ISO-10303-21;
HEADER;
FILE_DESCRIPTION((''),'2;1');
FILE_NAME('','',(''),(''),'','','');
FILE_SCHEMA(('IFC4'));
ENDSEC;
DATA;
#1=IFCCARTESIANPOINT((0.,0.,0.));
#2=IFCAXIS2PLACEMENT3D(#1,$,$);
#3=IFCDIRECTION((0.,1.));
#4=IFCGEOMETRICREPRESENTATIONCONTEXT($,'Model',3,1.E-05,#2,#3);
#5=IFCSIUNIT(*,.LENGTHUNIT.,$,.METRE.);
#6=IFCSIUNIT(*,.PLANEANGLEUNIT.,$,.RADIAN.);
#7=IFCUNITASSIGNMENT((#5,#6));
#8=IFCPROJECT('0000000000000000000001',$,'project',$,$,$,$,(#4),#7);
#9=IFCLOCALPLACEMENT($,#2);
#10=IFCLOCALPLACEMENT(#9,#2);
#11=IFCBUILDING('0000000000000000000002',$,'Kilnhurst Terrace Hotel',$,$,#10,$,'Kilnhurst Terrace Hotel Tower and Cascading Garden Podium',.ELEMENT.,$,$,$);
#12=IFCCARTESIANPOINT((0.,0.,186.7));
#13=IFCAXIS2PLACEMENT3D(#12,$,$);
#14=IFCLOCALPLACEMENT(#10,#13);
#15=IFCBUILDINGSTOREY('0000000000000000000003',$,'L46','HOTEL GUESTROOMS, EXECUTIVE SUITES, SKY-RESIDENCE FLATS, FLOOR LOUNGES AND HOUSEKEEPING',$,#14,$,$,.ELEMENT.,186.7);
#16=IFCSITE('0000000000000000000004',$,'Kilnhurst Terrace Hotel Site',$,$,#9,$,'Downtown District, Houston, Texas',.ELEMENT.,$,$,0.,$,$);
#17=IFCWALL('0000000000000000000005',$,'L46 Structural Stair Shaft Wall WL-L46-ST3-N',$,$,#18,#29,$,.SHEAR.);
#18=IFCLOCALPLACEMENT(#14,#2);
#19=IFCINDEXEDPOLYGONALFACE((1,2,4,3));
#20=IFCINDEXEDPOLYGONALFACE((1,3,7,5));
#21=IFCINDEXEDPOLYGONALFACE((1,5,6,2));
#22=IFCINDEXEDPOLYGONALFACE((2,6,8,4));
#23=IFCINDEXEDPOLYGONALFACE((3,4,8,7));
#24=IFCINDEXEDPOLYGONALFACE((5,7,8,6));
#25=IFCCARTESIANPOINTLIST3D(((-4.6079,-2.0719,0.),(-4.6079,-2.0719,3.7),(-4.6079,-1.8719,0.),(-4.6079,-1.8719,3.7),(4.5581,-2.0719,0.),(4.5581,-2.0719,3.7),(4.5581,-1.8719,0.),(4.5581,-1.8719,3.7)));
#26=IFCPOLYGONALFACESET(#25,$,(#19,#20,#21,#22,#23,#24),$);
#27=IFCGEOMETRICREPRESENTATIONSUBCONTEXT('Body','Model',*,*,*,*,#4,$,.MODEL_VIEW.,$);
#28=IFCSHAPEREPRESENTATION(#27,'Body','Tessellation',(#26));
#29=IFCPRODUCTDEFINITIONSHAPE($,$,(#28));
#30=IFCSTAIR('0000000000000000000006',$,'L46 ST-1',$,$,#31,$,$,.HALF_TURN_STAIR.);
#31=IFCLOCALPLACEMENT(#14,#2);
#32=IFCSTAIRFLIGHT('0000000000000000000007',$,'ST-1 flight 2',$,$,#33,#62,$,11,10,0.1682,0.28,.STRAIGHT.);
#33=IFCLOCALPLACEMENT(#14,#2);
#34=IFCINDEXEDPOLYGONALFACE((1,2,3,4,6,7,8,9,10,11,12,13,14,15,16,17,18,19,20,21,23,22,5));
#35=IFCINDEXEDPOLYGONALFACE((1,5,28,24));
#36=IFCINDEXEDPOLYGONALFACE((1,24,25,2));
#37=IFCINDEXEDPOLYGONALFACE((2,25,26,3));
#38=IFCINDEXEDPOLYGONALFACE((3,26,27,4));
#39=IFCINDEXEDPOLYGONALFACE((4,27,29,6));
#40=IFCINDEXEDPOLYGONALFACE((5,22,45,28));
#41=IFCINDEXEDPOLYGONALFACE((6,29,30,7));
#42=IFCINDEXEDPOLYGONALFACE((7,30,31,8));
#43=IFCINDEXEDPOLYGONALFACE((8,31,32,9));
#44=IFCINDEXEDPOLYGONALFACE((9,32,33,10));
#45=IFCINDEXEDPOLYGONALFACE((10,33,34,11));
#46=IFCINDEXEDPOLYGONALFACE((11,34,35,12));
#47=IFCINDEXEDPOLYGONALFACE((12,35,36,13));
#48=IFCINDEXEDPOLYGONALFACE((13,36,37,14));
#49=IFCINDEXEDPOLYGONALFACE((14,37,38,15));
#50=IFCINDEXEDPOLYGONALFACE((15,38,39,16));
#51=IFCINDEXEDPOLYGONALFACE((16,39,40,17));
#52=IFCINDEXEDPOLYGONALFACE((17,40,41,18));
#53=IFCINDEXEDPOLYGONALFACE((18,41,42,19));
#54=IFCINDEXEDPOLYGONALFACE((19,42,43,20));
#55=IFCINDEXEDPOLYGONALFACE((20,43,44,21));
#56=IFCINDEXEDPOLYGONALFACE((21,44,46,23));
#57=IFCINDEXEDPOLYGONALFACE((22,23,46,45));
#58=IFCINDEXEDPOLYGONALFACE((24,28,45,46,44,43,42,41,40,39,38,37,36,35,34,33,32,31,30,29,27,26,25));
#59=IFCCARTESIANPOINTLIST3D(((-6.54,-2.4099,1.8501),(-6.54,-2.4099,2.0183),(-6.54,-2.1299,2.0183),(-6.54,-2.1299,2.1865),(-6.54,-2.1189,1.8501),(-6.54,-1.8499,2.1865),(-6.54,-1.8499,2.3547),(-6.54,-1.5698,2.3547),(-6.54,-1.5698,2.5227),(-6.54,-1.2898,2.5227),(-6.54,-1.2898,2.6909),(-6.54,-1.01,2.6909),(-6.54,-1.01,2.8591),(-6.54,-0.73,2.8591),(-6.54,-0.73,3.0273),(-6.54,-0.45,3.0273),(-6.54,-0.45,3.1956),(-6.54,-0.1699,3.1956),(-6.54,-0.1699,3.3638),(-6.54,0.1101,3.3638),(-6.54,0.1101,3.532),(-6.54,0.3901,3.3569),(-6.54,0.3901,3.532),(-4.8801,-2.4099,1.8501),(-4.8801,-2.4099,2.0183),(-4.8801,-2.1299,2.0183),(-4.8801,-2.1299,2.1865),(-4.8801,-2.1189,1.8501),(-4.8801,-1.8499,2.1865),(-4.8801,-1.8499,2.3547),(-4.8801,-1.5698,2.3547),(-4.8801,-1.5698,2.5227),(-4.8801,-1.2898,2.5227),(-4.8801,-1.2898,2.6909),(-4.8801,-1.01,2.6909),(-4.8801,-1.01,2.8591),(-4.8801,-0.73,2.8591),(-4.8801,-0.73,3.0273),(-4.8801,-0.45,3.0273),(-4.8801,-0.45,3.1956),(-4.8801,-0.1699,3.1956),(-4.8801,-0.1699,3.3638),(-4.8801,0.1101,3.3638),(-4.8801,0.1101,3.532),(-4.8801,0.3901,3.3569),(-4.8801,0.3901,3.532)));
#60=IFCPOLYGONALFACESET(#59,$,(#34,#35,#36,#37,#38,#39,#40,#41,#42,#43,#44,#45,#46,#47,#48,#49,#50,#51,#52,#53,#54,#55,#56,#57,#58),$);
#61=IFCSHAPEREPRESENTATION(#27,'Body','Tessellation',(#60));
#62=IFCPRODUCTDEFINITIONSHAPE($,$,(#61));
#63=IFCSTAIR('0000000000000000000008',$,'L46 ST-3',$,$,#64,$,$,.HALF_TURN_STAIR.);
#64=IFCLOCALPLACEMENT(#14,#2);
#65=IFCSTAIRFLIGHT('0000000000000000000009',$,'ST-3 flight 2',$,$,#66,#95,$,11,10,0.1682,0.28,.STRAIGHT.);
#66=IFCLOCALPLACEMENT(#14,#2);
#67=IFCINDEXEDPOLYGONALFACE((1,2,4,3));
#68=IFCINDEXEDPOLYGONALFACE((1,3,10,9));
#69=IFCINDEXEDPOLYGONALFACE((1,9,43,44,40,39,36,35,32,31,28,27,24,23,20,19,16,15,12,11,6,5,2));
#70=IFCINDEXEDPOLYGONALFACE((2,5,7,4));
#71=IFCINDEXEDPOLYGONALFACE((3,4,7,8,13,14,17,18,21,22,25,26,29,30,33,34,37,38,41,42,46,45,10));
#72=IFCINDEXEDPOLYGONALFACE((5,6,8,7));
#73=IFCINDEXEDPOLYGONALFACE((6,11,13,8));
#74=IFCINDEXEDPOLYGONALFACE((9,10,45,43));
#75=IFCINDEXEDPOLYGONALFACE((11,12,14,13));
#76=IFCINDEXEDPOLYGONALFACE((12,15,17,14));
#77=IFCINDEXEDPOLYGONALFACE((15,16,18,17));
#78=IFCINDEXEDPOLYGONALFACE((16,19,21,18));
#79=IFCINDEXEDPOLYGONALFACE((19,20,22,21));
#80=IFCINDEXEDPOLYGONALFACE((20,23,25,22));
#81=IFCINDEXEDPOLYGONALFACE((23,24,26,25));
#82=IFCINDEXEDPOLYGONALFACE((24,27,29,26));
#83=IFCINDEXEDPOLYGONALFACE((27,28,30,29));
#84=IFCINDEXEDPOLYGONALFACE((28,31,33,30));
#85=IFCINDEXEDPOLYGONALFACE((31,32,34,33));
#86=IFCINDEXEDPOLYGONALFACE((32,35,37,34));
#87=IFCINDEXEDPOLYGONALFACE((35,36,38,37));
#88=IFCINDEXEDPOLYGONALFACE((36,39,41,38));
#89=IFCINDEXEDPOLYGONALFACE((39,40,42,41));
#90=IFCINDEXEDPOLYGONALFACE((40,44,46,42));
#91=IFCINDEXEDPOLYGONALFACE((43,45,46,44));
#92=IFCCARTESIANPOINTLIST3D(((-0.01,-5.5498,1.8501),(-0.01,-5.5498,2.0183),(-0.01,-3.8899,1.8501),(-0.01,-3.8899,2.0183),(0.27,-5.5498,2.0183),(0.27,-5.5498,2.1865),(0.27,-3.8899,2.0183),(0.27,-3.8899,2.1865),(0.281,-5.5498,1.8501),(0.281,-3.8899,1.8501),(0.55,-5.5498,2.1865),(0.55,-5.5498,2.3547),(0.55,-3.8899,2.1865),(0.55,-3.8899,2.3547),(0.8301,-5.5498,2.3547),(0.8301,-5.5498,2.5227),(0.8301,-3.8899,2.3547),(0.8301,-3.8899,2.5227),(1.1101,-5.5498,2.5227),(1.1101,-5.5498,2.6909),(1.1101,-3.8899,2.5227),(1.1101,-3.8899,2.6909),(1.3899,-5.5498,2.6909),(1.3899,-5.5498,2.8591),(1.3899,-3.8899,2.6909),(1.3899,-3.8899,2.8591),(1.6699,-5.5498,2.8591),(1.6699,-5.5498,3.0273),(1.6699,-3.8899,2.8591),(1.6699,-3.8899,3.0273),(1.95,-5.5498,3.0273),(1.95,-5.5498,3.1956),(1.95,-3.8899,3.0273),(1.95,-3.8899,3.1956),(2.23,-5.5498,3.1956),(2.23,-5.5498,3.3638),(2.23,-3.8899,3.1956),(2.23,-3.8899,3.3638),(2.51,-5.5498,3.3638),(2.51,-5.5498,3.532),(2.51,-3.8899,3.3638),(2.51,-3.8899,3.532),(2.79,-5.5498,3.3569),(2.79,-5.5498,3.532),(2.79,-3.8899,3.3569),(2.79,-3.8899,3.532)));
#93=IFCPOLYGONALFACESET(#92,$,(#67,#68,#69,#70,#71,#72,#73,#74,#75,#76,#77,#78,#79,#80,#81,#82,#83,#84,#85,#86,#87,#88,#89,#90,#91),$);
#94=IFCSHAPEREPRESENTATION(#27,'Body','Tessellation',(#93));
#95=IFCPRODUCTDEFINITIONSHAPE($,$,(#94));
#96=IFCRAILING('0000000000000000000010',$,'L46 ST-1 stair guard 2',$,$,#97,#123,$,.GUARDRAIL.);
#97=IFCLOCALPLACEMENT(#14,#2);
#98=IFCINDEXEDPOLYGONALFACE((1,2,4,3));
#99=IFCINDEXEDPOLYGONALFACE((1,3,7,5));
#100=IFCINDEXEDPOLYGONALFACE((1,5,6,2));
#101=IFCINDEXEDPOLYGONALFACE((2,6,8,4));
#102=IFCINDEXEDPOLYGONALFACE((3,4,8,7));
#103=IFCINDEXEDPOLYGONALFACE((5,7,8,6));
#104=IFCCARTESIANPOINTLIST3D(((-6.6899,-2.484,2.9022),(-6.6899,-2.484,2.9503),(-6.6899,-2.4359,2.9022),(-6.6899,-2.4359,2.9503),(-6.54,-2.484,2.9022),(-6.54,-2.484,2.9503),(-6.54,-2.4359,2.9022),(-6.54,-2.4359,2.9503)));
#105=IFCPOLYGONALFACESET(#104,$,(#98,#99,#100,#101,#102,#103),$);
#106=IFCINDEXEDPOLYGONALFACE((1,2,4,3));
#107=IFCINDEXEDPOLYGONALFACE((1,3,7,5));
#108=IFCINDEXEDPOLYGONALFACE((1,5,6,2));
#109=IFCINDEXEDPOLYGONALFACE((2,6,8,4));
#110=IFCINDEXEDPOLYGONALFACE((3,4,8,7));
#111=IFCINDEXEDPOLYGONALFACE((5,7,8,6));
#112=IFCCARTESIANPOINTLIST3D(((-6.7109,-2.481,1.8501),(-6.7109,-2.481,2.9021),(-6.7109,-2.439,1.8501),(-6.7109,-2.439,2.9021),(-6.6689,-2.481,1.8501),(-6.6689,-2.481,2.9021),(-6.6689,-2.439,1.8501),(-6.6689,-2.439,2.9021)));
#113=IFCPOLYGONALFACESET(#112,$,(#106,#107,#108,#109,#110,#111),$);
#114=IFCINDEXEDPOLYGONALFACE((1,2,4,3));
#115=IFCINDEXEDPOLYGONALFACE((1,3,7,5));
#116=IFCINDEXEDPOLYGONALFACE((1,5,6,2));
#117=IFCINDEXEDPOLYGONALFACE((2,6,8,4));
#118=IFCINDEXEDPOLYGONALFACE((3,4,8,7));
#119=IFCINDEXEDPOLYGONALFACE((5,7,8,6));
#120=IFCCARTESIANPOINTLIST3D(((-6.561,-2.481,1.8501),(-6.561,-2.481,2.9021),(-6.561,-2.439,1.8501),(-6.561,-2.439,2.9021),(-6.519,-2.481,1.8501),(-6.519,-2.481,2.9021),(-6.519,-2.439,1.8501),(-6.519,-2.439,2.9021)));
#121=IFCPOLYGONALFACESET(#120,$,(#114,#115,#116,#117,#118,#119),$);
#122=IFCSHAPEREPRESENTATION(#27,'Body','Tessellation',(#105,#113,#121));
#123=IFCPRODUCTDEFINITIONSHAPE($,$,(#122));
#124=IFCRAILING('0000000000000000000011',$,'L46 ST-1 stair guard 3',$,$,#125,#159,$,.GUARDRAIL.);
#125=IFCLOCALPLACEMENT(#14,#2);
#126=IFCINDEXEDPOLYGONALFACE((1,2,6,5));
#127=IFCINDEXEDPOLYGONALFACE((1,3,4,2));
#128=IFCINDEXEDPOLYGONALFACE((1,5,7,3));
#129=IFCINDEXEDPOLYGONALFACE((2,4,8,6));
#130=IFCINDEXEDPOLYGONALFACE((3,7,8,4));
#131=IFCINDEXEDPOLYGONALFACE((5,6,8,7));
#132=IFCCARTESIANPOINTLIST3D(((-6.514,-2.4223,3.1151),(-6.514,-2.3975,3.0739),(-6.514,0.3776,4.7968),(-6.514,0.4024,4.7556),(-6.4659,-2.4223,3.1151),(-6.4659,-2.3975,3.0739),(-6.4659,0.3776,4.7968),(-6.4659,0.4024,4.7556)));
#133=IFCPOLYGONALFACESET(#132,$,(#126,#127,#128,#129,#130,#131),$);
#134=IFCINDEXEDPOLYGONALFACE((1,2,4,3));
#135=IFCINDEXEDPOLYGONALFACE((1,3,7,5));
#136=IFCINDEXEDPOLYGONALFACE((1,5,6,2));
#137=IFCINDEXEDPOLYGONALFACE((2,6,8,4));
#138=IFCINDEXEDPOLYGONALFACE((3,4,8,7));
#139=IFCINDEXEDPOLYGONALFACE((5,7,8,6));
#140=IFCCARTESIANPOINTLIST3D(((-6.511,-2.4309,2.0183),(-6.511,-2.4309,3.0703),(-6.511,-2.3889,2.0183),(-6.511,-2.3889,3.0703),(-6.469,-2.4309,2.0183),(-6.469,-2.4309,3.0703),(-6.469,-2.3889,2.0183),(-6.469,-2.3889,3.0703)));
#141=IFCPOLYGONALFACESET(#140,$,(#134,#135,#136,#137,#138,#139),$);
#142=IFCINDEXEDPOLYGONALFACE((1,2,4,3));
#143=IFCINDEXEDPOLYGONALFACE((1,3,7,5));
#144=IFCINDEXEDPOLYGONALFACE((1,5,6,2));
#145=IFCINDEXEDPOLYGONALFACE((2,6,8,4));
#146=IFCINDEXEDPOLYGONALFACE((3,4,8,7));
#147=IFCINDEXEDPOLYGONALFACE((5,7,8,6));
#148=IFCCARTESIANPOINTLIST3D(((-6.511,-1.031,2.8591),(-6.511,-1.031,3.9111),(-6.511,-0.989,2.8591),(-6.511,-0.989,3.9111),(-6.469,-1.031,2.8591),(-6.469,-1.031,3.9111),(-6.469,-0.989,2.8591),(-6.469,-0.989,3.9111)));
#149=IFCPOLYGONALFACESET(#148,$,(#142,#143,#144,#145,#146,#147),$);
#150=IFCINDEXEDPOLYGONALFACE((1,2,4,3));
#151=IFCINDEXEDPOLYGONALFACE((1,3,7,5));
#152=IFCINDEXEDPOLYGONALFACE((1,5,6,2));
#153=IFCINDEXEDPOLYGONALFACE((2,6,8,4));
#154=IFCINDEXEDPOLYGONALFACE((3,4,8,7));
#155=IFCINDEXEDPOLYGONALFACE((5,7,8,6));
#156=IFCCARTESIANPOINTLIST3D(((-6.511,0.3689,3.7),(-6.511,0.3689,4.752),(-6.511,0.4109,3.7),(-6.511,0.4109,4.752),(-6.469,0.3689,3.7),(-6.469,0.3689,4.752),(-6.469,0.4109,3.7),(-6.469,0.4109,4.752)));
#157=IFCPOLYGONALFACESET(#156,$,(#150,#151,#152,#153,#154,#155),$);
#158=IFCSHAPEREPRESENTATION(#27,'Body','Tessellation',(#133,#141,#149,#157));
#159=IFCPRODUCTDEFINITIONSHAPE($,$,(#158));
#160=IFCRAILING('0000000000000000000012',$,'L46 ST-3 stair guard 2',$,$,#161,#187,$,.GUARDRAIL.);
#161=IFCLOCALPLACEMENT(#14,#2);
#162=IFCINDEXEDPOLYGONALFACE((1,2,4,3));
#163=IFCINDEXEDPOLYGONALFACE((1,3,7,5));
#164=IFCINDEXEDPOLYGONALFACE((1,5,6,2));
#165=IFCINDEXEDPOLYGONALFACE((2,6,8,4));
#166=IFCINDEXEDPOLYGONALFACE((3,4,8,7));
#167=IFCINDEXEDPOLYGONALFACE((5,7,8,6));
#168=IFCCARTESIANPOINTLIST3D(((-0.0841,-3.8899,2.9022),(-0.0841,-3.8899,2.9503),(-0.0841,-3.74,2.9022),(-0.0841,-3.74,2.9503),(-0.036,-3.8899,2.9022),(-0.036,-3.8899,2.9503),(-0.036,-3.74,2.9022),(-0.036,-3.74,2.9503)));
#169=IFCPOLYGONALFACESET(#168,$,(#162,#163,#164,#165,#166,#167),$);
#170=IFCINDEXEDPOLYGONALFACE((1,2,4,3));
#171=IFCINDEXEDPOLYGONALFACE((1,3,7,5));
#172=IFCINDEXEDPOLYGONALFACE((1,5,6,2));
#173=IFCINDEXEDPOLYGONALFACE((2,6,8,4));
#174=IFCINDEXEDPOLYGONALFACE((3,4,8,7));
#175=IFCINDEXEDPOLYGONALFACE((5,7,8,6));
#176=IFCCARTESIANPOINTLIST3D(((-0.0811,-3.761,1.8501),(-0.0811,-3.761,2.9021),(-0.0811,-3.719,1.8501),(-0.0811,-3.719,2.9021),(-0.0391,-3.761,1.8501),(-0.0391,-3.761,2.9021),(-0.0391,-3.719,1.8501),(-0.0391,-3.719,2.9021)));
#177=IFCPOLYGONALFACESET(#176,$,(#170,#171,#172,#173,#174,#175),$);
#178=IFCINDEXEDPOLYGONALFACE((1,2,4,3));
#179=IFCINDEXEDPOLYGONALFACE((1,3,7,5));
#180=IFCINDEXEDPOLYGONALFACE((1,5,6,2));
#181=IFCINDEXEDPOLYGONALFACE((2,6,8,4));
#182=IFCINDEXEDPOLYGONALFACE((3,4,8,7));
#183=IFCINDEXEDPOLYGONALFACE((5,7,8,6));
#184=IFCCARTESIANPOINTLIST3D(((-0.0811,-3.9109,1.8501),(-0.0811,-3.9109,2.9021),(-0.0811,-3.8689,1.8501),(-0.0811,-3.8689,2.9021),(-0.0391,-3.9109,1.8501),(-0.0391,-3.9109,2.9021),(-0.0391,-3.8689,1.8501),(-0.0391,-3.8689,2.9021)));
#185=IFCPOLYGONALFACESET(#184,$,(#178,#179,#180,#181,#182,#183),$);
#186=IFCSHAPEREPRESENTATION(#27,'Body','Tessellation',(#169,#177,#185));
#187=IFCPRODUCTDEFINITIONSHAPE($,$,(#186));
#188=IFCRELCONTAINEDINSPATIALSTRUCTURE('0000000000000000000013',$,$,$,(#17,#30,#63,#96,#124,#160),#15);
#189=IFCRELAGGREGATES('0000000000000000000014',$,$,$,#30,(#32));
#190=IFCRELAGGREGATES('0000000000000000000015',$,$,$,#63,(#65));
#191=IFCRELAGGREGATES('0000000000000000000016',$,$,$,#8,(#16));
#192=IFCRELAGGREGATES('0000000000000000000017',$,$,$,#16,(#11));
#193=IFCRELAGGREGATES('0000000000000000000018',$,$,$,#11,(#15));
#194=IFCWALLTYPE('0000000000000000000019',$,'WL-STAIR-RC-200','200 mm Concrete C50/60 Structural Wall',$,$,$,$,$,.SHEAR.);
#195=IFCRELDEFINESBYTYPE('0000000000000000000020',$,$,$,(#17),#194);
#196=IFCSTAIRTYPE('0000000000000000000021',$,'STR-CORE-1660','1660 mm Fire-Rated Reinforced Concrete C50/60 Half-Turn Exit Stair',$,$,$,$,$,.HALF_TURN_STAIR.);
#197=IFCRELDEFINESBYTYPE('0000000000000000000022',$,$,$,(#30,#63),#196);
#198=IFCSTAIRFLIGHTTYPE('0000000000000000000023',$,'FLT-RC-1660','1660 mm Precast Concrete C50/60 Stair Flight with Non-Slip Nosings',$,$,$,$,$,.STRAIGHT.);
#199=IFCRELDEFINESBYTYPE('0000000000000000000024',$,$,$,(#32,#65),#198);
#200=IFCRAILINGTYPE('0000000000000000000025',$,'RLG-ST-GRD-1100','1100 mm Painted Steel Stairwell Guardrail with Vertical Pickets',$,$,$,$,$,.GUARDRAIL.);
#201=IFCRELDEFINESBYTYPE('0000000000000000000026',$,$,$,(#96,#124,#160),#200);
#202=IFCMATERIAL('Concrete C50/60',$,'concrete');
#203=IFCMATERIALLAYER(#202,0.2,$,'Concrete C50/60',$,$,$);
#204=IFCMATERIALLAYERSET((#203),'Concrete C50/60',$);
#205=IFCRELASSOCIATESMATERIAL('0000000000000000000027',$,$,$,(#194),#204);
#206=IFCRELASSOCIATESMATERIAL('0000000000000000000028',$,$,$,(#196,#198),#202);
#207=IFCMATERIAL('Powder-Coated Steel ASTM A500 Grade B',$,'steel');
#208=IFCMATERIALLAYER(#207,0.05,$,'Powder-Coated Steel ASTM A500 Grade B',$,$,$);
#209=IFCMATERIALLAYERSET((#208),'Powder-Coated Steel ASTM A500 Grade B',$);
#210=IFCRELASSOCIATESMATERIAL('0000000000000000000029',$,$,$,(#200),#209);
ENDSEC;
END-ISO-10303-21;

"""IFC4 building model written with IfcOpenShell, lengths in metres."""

from ifc_helpers import new_model, si_unit, direction, frame, frame_2d, origin, origin_2d, place, context, subcontext, project, spatial, polyline, rectangle, outline, extrude, material, layer, layer_set, type_object, element, aggregate, save


model = new_model("IFC4")

# Units and contexts
model_context = context("Model", 3, precision=1e-05, world=origin(), true_north=direction((0.0, 1.0)))
body_context = subcontext(model_context, "Body", "Model", "MODEL_VIEW")
ifc_project = project(units=[si_unit("LENGTHUNIT", "METRE"), si_unit("PLANEANGLEUNIT", "RADIAN")], contexts=[model_context])

# Site, building, storey
site_placement = place(None, origin())
site = spatial("IfcSite", under=ifc_project, at=site_placement, Name="Kilnhurst Terrace Hotel Site", LongName="Downtown District, Houston, Texas", CompositionType="ELEMENT", RefElevation=0.0)
building_placement = place(site_placement, origin())
building = spatial("IfcBuilding", under=site, at=building_placement, Name="Kilnhurst Terrace Hotel", LongName="Kilnhurst Terrace Hotel Tower and Cascading Garden Podium", CompositionType="ELEMENT")
storey_placement = place(building_placement, frame((0.0, 0.0, 186.7)))
storey = spatial("IfcBuildingStorey", under=building, at=storey_placement, Name="L46", Description="HOTEL GUESTROOMS, EXECUTIVE SUITES, SKY-RESIDENCE FLATS, FLOOR LOUNGES AND HOUSEKEEPING", CompositionType="ELEMENT", Elevation=186.7)

# Shared definitions
ifc_material_1 = material(Name="Concrete C50/60", Category="concrete")
ifc_layer_1 = layer(ifc_material_1, 0.2, Name="Concrete C50/60")
ifc_layer_set_1 = layer_set([ifc_layer_1], Name="Concrete C50/60")
wall_type_1 = type_object("IfcWallType", Name="WL-STAIR-RC-200", Description="200 mm Concrete C50/60 Structural Wall", PredefinedType="SHEAR", material=ifc_layer_set_1)

# Wall
wall_1_placement = place(storey_placement, frame((-4.6079, -1.9719, 0.0), z_axis=(0.0, 0.0, 1.0), x_axis=(1.0, 0.0, 0.0)))
element("IfcWall", 1, at=wall_1_placement, inside=storey, type_object=wall_type_1, Name="L46 Structural Stair Shaft Wall WL-L46-ST3-N", PredefinedType="SHEAR", context=body_context, shape_type="SweptSolid", body=[
    extrude(rectangle(XDim=9.166, YDim=0.2, at=frame_2d((4.583, 0.0))), origin(), (0.0, 0.0, 1.0), 3.7),
])

# Stairs, stair flights
stair_type = type_object("IfcStairType", Name="STR-CORE-1660", Description="1660 mm Fire-Rated Reinforced Concrete C50/60 Half-Turn Exit Stair", PredefinedType="HALF_TURN_STAIR", material=ifc_material_1)
stair_1_placement = place(storey_placement, origin())
stair_1 = element("IfcStair", 2, at=stair_1_placement, inside=storey, type_object=stair_type, Name="L46 ST-1", PredefinedType="HALF_TURN_STAIR")
stair_flight_type = type_object("IfcStairFlightType", Name="FLT-RC-1660", Description="1660 mm Precast Concrete C50/60 Stair Flight with Non-Slip Nosings", PredefinedType="STRAIGHT", material=ifc_material_1)
stair_flight_1_placement = place(storey_placement, frame((-5.71, -2.4099, 1.8501), z_axis=(0.0, 0.0, 1.0), x_axis=(0.0, 1.0, 0.0)))
stair_flight_1 = element("IfcStairFlight", 3, at=stair_flight_1_placement, type_object=stair_flight_type, Name="ST-1 flight 2", NumberOfRisers=11, NumberOfTreads=10, PredefinedType="STRAIGHT", RiserHeight=0.1682, TreadLength=0.28, context=body_context, shape_type="SweptSolid", body=[
    extrude(outline(polyline([(0.0, 0.0), (0.0, 0.1682), (0.28, 0.1682), (0.28, 0.3364), (0.5601, 0.3364), (0.5601, 0.5046), (0.8401, 0.5046), (0.8401, 0.6726), (1.1201, 0.6726), (1.1201, 0.8408), (1.3999, 0.8408), (1.3999, 1.009), (1.6799, 1.009), (1.6799, 1.1772), (1.96, 1.1772), (1.96, 1.3455), (2.24, 1.3455), (2.24, 1.5137), (2.52, 1.5137), (2.52, 1.6819), (2.8, 1.6819), (2.8, 1.8501), (2.8, 1.5068), (0.291, 0.0), (0.0, 0.0)])), frame((0.0, 0.8301, 0.0), z_axis=(0.0, -1.0, 0.0), x_axis=(1.0, 0.0, 0.0)), (0.0, 0.0, 1.0), 1.6599),
])
aggregate(stair_1, [stair_flight_1])
stair_2_placement = place(storey_placement, origin())
stair_2 = element("IfcStair", 4, at=stair_2_placement, inside=storey, type_object=stair_type, Name="L46 ST-3", PredefinedType="HALF_TURN_STAIR")
stair_flight_2_placement = place(storey_placement, frame((-0.01, -4.72, 1.8501), z_axis=(0.0, 0.0, 1.0), x_axis=(1.0, 0.0, 0.0)))
stair_flight_2 = element("IfcStairFlight", 5, at=stair_flight_2_placement, type_object=stair_flight_type, Name="ST-3 flight 2", NumberOfRisers=11, NumberOfTreads=10, PredefinedType="STRAIGHT", RiserHeight=0.1682, TreadLength=0.28, context=body_context, shape_type="SweptSolid", body=[
    extrude(outline(polyline([(0.0, 0.0), (0.0, 0.1682), (0.28, 0.1682), (0.28, 0.3364), (0.5601, 0.3364), (0.5601, 0.5046), (0.8401, 0.5046), (0.8401, 0.6726), (1.1201, 0.6726), (1.1201, 0.8408), (1.3999, 0.8408), (1.3999, 1.009), (1.6799, 1.009), (1.6799, 1.1772), (1.96, 1.1772), (1.96, 1.3455), (2.24, 1.3455), (2.24, 1.5137), (2.52, 1.5137), (2.52, 1.6819), (2.8, 1.6819), (2.8, 1.8501), (2.8, 1.5068), (0.291, 0.0), (0.0, 0.0)])), frame((0.0, 0.8301, 0.0), z_axis=(0.0, -1.0, 0.0), x_axis=(1.0, 0.0, 0.0)), (0.0, 0.0, 1.0), 1.6599),
])
aggregate(stair_2, [stair_flight_2])

# Railings
ifc_material_2 = material(Name="Powder-Coated Steel ASTM A500 Grade B", Category="steel")
ifc_layer_2 = layer(ifc_material_2, 0.05, Name="Powder-Coated Steel ASTM A500 Grade B")
ifc_layer_set_2 = layer_set([ifc_layer_2], Name="Powder-Coated Steel ASTM A500 Grade B")
railing_type_1 = type_object("IfcRailingType", Name="RLG-ST-GRD-1100", Description="1100 mm Painted Steel Stairwell Guardrail with Vertical Pickets", PredefinedType="GUARDRAIL", material=ifc_layer_set_2)
railing_1_placement = place(storey_placement, frame((-6.6899, -2.46, 1.8501)))
element("IfcRailing", 6, at=railing_1_placement, inside=storey, type_object=railing_type_1, Name="L46 ST-1 stair guard 2", PredefinedType="GUARDRAIL", context=body_context, shape_type="SweptSolid", body=[
    extrude(rectangle(XDim=0.0481, YDim=0.0481, at=origin_2d()), frame((0.0, 0.0, 1.0762), z_axis=(1.0, 0.0, 0.0), x_axis=(0.0, 1.0, 0.0)), (0.0, 0.0, 1.0), 0.1499),
    extrude(rectangle(XDim=0.042, YDim=0.042, at=origin_2d()), origin(), (0.0, 0.0, 1.0), 1.052),
    extrude(rectangle(XDim=0.042, YDim=0.042, at=origin_2d()), frame((0.1499, 0.0, 0.0)), (0.0, 0.0, 1.0), 1.052),
])
railing_2_placement = place(storey_placement, frame((-6.49, -2.4099, 2.0183)))
element("IfcRailing", 7, at=railing_2_placement, inside=storey, type_object=railing_type_1, Name="L46 ST-1 stair guard 3", PredefinedType="GUARDRAIL", context=body_context, shape_type="SweptSolid", body=[
    extrude(rectangle(XDim=0.0481, YDim=0.0481, at=origin_2d()), frame((0.0, 0.0, 1.0762), z_axis=(0.0, 0.857255, 0.514891), x_axis=(-1.0, 0.0, 0.0)), (0.0, 0.0, 1.0), 3.2661),
    extrude(rectangle(XDim=0.042, YDim=0.042, at=origin_2d()), origin(), (0.0, 0.0, 1.0), 1.052),
    extrude(rectangle(XDim=0.042, YDim=0.042, at=origin_2d()), frame((0.0, 1.3999, 0.8408)), (0.0, 0.0, 1.0), 1.052),
    extrude(rectangle(XDim=0.042, YDim=0.042, at=origin_2d()), frame((0.0, 2.7998, 1.6816)), (0.0, 0.0, 1.0), 1.052),
])
railing_3_placement = place(storey_placement, frame((-0.0601, -3.74, 1.8501)))
element("IfcRailing", 8, at=railing_3_placement, inside=storey, type_object=railing_type_1, Name="L46 ST-3 stair guard 2", PredefinedType="GUARDRAIL", context=body_context, shape_type="SweptSolid", body=[
    extrude(rectangle(XDim=0.0481, YDim=0.0481, at=origin_2d()), frame((0.0, 0.0, 1.0762), z_axis=(0.0, -1.0, 0.0), x_axis=(1.0, 0.0, 0.0)), (0.0, 0.0, 1.0), 0.1499),
    extrude(rectangle(XDim=0.042, YDim=0.042, at=origin_2d()), origin(), (0.0, 0.0, 1.0), 1.052),
    extrude(rectangle(XDim=0.042, YDim=0.042, at=origin_2d()), frame((0.0, -0.1499, 0.0)), (0.0, 0.0, 1.0), 1.052),
])

save(model, "model.ifc")
